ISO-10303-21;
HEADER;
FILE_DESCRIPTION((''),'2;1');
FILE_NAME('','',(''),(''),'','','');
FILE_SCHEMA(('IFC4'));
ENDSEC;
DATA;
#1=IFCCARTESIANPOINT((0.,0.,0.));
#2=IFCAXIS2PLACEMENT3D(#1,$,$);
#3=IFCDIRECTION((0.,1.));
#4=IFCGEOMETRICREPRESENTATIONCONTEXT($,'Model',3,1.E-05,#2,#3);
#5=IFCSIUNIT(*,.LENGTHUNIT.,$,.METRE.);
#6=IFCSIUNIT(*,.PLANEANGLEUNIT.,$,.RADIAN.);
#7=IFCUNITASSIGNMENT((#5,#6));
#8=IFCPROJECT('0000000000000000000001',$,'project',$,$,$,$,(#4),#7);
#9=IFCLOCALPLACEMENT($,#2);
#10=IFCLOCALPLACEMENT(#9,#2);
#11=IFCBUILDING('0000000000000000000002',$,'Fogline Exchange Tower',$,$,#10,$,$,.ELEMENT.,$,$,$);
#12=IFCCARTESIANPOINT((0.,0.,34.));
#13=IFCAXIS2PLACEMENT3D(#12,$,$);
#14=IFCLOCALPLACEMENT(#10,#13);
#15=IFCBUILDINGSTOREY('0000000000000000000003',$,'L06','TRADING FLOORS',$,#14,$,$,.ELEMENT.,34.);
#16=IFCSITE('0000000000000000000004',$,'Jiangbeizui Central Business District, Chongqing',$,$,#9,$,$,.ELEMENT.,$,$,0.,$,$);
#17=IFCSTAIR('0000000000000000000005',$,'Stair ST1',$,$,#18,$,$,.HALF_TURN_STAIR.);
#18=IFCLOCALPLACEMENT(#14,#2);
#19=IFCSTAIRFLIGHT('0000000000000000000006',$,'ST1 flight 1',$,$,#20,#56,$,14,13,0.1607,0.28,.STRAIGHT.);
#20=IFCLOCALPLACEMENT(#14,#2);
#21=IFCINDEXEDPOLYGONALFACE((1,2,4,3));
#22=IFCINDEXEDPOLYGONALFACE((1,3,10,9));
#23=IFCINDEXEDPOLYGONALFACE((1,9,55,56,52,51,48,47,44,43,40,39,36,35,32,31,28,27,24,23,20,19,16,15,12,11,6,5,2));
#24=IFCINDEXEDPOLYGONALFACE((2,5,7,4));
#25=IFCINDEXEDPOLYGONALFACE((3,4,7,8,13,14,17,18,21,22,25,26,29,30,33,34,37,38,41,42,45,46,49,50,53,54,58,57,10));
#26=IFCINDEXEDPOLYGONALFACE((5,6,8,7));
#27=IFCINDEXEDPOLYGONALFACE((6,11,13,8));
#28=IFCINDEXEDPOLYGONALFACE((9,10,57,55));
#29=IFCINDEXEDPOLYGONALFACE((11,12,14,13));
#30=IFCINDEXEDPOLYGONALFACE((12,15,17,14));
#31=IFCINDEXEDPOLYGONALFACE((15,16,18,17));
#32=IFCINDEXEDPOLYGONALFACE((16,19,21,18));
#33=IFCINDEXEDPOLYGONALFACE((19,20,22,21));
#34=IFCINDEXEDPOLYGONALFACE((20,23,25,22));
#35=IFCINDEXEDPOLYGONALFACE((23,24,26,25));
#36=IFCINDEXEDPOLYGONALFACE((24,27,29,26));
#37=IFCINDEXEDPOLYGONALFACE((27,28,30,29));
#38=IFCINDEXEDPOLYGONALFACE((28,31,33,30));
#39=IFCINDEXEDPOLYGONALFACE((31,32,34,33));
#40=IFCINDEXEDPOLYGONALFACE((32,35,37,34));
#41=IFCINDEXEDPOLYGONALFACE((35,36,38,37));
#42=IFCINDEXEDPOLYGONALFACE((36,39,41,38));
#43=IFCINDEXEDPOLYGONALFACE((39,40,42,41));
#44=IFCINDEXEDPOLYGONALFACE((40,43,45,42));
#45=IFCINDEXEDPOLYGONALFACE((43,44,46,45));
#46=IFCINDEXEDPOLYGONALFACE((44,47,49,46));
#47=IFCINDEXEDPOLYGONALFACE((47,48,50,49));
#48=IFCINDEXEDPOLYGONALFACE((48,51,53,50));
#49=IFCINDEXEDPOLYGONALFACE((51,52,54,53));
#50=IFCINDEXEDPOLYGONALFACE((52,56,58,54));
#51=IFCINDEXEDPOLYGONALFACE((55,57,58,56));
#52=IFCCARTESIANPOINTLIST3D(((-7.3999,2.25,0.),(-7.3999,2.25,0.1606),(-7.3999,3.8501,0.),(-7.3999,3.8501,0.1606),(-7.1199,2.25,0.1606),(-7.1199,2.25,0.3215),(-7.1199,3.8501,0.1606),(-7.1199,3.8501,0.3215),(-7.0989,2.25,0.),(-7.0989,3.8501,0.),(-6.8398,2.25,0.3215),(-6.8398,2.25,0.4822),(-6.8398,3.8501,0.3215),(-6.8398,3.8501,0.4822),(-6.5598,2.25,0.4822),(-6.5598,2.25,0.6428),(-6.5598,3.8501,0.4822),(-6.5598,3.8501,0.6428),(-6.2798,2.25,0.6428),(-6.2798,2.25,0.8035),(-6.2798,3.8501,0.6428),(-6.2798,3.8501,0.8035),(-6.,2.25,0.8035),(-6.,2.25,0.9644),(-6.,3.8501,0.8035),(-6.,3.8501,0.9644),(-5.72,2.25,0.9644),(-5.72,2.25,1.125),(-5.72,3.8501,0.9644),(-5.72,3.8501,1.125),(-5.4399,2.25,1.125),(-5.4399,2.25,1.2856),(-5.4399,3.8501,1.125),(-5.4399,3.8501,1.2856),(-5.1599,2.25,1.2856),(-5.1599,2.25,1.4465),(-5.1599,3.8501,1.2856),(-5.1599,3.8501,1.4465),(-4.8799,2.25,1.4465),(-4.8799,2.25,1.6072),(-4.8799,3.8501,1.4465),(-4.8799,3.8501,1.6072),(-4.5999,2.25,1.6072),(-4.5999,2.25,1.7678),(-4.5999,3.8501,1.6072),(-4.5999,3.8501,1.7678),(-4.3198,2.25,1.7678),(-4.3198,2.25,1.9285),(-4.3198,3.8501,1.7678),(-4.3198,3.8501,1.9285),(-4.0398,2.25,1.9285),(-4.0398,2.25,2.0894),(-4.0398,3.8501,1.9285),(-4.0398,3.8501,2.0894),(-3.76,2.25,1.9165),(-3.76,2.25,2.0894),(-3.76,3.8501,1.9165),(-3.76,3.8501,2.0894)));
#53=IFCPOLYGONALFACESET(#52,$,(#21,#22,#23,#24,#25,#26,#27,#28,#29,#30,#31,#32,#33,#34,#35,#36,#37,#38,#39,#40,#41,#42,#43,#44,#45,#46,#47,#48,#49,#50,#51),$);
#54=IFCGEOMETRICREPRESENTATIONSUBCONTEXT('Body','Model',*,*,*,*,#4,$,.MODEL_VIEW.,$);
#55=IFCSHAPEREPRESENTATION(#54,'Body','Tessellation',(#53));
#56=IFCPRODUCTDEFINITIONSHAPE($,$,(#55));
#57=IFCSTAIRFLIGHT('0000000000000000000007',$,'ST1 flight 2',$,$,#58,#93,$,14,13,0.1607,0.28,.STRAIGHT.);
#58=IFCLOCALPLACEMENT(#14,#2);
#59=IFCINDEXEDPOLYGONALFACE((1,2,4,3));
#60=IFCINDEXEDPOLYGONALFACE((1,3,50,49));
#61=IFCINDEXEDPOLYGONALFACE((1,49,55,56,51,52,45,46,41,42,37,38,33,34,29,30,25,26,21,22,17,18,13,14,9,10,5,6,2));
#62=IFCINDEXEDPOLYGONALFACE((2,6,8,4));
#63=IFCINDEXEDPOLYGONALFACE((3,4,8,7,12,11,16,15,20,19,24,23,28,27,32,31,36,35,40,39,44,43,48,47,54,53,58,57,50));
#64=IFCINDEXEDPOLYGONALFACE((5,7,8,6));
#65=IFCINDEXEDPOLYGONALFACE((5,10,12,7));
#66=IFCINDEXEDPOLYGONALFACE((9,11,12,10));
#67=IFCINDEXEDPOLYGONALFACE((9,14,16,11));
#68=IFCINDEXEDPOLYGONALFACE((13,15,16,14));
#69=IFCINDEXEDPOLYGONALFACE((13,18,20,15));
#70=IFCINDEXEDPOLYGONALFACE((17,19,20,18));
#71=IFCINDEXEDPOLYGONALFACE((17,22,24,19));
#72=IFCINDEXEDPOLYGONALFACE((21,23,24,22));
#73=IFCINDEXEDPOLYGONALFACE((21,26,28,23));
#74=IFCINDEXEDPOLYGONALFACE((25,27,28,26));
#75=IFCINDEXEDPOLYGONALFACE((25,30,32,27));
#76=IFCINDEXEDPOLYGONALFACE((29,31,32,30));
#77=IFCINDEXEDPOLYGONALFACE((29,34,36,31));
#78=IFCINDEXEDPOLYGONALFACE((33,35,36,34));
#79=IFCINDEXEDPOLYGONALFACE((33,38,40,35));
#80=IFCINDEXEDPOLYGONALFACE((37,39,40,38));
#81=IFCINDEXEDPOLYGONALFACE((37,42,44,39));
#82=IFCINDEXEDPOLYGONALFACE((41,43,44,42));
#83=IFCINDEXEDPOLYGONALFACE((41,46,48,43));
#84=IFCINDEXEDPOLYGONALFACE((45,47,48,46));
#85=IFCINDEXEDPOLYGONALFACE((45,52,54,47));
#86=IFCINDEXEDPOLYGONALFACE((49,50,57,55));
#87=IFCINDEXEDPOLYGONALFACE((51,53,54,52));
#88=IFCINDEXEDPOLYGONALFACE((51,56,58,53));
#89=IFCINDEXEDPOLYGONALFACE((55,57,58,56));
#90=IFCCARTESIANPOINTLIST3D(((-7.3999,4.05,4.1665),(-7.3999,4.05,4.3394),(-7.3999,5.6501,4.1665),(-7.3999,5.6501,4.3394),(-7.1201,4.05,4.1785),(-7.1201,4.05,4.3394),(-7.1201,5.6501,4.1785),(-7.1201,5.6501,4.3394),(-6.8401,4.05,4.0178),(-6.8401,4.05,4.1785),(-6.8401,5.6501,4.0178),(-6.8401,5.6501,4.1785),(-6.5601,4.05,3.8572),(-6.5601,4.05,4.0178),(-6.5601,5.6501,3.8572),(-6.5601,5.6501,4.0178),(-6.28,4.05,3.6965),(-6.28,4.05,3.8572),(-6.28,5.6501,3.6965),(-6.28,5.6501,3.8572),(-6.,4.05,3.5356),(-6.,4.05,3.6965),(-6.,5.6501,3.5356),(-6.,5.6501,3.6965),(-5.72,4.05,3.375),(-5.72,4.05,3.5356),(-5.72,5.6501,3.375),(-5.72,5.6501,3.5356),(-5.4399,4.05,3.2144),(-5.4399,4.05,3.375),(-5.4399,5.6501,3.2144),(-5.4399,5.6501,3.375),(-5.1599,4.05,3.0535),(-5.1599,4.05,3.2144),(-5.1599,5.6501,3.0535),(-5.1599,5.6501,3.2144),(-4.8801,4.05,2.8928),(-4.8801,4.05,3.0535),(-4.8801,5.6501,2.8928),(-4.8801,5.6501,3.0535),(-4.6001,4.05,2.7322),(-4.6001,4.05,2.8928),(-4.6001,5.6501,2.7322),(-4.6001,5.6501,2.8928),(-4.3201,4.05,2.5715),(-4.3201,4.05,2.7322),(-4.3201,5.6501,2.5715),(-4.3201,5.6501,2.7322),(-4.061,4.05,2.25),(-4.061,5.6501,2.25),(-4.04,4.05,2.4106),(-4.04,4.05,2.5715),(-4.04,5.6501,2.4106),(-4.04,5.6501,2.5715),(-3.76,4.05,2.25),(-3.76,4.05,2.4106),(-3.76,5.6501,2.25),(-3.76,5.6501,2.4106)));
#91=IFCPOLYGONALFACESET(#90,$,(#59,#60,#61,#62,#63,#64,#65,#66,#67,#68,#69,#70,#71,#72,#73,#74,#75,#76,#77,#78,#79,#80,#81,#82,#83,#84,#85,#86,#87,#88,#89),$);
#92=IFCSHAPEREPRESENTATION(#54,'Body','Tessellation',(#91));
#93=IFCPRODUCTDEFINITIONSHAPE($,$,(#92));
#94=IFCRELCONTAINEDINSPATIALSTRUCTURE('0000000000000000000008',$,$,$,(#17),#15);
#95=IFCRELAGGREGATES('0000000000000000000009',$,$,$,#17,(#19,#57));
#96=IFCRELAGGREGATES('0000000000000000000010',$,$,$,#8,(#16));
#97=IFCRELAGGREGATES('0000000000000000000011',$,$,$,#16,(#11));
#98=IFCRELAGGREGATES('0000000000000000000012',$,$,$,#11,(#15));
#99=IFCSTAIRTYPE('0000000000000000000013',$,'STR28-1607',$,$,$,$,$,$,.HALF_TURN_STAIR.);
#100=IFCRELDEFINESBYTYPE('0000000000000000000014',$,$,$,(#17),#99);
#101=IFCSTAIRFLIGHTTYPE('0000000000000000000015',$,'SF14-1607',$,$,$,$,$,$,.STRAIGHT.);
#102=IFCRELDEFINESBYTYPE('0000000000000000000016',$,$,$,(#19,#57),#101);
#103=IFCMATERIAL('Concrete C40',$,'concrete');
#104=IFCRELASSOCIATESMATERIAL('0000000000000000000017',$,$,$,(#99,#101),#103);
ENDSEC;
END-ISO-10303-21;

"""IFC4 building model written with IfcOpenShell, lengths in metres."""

from ifc_helpers import new_model, si_unit, direction, frame, origin, place, context, subcontext, project, spatial, polyline, outline, extrude, material, type_object, element, aggregate, save


model = new_model("IFC4")

# Units and contexts
model_context = context("Model", 3, precision=1e-05, world=origin(), true_north=direction((0.0, 1.0)))
body_context = subcontext(model_context, "Body", "Model", "MODEL_VIEW")
ifc_project = project(units=[si_unit("LENGTHUNIT", "METRE"), si_unit("PLANEANGLEUNIT", "RADIAN")], contexts=[model_context])

# Site, building, storey
site_placement = place(None, origin())
site = spatial("IfcSite", under=ifc_project, at=site_placement, Name="Jiangbeizui Central Business District, Chongqing", CompositionType="ELEMENT", RefElevation=0.0)
building_placement = place(site_placement, origin())
building = spatial("IfcBuilding", under=site, at=building_placement, Name="Fogline Exchange Tower", CompositionType="ELEMENT")
storey_placement = place(building_placement, frame((0.0, 0.0, 34.0)))
storey = spatial("IfcBuildingStorey", under=building, at=storey_placement, Name="L06", Description="TRADING FLOORS", CompositionType="ELEMENT", Elevation=34.0)

# Shared definitions
ifc_material_1 = material(Name="Concrete C40", Category="concrete")

# Stair, stair flights
stair_type = type_object("IfcStairType", Name="STR28-1607", PredefinedType="HALF_TURN_STAIR", material=ifc_material_1)
stair_placement = place(storey_placement, origin())
stair = element("IfcStair", 1, at=stair_placement, inside=storey, type_object=stair_type, Name="Stair ST1", PredefinedType="HALF_TURN_STAIR")
stair_flight_type = type_object("IfcStairFlightType", Name="SF14-1607", PredefinedType="STRAIGHT", material=ifc_material_1)
stair_flight_1_placement = place(storey_placement, frame((-7.3999, 3.05, 0.0), z_axis=(0.0, 0.0, 1.0), x_axis=(1.0, 0.0, 0.0)))
stair_flight_1 = element("IfcStairFlight", 2, at=stair_flight_1_placement, type_object=stair_flight_type, Name="ST1 flight 1", NumberOfRisers=14, NumberOfTreads=13, PredefinedType="STRAIGHT", RiserHeight=0.1607, TreadLength=0.28, context=body_context, shape_type="SweptSolid", body=[
    extrude(outline(polyline([(0.0, 0.0), (0.0, 0.1606), (0.28, 0.1606), (0.28, 0.3215), (0.5601, 0.3215), (0.5601, 0.4822), (0.8401, 0.4822), (0.8401, 0.6428), (1.1201, 0.6428), (1.1201, 0.8035), (1.3999, 0.8035), (1.3999, 0.9644), (1.6799, 0.9644), (1.6799, 1.125), (1.96, 1.125), (1.96, 1.2856), (2.24, 1.2856), (2.24, 1.4465), (2.52, 1.4465), (2.52, 1.6072), (2.8, 1.6072), (2.8, 1.7678), (3.0801, 1.7678), (3.0801, 1.9285), (3.3601, 1.9285), (3.3601, 2.0894), (3.6399, 2.0894), (3.6399, 2.25), (3.6399, 1.9165), (0.301, 0.0), (0.0, 0.0)])), frame((0.0, 0.8, 0.0), z_axis=(0.0, -1.0, 0.0), x_axis=(1.0, 0.0, 0.0)), (0.0, 0.0, 1.0), 1.6001),
])
stair_flight_2_placement = place(storey_placement, frame((-3.76, 4.8501, 2.25), z_axis=(0.0, 0.0, 1.0), x_axis=(-1.0, 0.0, 0.0)))
stair_flight_2 = element("IfcStairFlight", 3, at=stair_flight_2_placement, type_object=stair_flight_type, Name="ST1 flight 2", NumberOfRisers=14, NumberOfTreads=13, PredefinedType="STRAIGHT", RiserHeight=0.1607, TreadLength=0.28, context=body_context, shape_type="SweptSolid", body=[
    extrude(outline(polyline([(0.0, 0.0), (0.0, 0.1606), (0.28, 0.1606), (0.28, 0.3215), (0.5601, 0.3215), (0.5601, 0.4822), (0.8401, 0.4822), (0.8401, 0.6428), (1.1201, 0.6428), (1.1201, 0.8035), (1.3999, 0.8035), (1.3999, 0.9644), (1.6799, 0.9644), (1.6799, 1.125), (1.96, 1.125), (1.96, 1.2856), (2.24, 1.2856), (2.24, 1.4465), (2.52, 1.4465), (2.52, 1.6072), (2.8, 1.6072), (2.8, 1.7678), (3.0801, 1.7678), (3.0801, 1.9285), (3.3601, 1.9285), (3.3601, 2.0894), (3.6399, 2.0894), (3.6399, 2.25), (3.6399, 1.9165), (0.301, 0.0), (0.0, 0.0)])), frame((0.0, 0.8, 0.0), z_axis=(0.0, -1.0, 0.0), x_axis=(1.0, 0.0, 0.0)), (0.0, 0.0, 1.0), 1.6001),
])
aggregate(stair, [stair_flight_1, stair_flight_2])

save(model, "model.ifc")
